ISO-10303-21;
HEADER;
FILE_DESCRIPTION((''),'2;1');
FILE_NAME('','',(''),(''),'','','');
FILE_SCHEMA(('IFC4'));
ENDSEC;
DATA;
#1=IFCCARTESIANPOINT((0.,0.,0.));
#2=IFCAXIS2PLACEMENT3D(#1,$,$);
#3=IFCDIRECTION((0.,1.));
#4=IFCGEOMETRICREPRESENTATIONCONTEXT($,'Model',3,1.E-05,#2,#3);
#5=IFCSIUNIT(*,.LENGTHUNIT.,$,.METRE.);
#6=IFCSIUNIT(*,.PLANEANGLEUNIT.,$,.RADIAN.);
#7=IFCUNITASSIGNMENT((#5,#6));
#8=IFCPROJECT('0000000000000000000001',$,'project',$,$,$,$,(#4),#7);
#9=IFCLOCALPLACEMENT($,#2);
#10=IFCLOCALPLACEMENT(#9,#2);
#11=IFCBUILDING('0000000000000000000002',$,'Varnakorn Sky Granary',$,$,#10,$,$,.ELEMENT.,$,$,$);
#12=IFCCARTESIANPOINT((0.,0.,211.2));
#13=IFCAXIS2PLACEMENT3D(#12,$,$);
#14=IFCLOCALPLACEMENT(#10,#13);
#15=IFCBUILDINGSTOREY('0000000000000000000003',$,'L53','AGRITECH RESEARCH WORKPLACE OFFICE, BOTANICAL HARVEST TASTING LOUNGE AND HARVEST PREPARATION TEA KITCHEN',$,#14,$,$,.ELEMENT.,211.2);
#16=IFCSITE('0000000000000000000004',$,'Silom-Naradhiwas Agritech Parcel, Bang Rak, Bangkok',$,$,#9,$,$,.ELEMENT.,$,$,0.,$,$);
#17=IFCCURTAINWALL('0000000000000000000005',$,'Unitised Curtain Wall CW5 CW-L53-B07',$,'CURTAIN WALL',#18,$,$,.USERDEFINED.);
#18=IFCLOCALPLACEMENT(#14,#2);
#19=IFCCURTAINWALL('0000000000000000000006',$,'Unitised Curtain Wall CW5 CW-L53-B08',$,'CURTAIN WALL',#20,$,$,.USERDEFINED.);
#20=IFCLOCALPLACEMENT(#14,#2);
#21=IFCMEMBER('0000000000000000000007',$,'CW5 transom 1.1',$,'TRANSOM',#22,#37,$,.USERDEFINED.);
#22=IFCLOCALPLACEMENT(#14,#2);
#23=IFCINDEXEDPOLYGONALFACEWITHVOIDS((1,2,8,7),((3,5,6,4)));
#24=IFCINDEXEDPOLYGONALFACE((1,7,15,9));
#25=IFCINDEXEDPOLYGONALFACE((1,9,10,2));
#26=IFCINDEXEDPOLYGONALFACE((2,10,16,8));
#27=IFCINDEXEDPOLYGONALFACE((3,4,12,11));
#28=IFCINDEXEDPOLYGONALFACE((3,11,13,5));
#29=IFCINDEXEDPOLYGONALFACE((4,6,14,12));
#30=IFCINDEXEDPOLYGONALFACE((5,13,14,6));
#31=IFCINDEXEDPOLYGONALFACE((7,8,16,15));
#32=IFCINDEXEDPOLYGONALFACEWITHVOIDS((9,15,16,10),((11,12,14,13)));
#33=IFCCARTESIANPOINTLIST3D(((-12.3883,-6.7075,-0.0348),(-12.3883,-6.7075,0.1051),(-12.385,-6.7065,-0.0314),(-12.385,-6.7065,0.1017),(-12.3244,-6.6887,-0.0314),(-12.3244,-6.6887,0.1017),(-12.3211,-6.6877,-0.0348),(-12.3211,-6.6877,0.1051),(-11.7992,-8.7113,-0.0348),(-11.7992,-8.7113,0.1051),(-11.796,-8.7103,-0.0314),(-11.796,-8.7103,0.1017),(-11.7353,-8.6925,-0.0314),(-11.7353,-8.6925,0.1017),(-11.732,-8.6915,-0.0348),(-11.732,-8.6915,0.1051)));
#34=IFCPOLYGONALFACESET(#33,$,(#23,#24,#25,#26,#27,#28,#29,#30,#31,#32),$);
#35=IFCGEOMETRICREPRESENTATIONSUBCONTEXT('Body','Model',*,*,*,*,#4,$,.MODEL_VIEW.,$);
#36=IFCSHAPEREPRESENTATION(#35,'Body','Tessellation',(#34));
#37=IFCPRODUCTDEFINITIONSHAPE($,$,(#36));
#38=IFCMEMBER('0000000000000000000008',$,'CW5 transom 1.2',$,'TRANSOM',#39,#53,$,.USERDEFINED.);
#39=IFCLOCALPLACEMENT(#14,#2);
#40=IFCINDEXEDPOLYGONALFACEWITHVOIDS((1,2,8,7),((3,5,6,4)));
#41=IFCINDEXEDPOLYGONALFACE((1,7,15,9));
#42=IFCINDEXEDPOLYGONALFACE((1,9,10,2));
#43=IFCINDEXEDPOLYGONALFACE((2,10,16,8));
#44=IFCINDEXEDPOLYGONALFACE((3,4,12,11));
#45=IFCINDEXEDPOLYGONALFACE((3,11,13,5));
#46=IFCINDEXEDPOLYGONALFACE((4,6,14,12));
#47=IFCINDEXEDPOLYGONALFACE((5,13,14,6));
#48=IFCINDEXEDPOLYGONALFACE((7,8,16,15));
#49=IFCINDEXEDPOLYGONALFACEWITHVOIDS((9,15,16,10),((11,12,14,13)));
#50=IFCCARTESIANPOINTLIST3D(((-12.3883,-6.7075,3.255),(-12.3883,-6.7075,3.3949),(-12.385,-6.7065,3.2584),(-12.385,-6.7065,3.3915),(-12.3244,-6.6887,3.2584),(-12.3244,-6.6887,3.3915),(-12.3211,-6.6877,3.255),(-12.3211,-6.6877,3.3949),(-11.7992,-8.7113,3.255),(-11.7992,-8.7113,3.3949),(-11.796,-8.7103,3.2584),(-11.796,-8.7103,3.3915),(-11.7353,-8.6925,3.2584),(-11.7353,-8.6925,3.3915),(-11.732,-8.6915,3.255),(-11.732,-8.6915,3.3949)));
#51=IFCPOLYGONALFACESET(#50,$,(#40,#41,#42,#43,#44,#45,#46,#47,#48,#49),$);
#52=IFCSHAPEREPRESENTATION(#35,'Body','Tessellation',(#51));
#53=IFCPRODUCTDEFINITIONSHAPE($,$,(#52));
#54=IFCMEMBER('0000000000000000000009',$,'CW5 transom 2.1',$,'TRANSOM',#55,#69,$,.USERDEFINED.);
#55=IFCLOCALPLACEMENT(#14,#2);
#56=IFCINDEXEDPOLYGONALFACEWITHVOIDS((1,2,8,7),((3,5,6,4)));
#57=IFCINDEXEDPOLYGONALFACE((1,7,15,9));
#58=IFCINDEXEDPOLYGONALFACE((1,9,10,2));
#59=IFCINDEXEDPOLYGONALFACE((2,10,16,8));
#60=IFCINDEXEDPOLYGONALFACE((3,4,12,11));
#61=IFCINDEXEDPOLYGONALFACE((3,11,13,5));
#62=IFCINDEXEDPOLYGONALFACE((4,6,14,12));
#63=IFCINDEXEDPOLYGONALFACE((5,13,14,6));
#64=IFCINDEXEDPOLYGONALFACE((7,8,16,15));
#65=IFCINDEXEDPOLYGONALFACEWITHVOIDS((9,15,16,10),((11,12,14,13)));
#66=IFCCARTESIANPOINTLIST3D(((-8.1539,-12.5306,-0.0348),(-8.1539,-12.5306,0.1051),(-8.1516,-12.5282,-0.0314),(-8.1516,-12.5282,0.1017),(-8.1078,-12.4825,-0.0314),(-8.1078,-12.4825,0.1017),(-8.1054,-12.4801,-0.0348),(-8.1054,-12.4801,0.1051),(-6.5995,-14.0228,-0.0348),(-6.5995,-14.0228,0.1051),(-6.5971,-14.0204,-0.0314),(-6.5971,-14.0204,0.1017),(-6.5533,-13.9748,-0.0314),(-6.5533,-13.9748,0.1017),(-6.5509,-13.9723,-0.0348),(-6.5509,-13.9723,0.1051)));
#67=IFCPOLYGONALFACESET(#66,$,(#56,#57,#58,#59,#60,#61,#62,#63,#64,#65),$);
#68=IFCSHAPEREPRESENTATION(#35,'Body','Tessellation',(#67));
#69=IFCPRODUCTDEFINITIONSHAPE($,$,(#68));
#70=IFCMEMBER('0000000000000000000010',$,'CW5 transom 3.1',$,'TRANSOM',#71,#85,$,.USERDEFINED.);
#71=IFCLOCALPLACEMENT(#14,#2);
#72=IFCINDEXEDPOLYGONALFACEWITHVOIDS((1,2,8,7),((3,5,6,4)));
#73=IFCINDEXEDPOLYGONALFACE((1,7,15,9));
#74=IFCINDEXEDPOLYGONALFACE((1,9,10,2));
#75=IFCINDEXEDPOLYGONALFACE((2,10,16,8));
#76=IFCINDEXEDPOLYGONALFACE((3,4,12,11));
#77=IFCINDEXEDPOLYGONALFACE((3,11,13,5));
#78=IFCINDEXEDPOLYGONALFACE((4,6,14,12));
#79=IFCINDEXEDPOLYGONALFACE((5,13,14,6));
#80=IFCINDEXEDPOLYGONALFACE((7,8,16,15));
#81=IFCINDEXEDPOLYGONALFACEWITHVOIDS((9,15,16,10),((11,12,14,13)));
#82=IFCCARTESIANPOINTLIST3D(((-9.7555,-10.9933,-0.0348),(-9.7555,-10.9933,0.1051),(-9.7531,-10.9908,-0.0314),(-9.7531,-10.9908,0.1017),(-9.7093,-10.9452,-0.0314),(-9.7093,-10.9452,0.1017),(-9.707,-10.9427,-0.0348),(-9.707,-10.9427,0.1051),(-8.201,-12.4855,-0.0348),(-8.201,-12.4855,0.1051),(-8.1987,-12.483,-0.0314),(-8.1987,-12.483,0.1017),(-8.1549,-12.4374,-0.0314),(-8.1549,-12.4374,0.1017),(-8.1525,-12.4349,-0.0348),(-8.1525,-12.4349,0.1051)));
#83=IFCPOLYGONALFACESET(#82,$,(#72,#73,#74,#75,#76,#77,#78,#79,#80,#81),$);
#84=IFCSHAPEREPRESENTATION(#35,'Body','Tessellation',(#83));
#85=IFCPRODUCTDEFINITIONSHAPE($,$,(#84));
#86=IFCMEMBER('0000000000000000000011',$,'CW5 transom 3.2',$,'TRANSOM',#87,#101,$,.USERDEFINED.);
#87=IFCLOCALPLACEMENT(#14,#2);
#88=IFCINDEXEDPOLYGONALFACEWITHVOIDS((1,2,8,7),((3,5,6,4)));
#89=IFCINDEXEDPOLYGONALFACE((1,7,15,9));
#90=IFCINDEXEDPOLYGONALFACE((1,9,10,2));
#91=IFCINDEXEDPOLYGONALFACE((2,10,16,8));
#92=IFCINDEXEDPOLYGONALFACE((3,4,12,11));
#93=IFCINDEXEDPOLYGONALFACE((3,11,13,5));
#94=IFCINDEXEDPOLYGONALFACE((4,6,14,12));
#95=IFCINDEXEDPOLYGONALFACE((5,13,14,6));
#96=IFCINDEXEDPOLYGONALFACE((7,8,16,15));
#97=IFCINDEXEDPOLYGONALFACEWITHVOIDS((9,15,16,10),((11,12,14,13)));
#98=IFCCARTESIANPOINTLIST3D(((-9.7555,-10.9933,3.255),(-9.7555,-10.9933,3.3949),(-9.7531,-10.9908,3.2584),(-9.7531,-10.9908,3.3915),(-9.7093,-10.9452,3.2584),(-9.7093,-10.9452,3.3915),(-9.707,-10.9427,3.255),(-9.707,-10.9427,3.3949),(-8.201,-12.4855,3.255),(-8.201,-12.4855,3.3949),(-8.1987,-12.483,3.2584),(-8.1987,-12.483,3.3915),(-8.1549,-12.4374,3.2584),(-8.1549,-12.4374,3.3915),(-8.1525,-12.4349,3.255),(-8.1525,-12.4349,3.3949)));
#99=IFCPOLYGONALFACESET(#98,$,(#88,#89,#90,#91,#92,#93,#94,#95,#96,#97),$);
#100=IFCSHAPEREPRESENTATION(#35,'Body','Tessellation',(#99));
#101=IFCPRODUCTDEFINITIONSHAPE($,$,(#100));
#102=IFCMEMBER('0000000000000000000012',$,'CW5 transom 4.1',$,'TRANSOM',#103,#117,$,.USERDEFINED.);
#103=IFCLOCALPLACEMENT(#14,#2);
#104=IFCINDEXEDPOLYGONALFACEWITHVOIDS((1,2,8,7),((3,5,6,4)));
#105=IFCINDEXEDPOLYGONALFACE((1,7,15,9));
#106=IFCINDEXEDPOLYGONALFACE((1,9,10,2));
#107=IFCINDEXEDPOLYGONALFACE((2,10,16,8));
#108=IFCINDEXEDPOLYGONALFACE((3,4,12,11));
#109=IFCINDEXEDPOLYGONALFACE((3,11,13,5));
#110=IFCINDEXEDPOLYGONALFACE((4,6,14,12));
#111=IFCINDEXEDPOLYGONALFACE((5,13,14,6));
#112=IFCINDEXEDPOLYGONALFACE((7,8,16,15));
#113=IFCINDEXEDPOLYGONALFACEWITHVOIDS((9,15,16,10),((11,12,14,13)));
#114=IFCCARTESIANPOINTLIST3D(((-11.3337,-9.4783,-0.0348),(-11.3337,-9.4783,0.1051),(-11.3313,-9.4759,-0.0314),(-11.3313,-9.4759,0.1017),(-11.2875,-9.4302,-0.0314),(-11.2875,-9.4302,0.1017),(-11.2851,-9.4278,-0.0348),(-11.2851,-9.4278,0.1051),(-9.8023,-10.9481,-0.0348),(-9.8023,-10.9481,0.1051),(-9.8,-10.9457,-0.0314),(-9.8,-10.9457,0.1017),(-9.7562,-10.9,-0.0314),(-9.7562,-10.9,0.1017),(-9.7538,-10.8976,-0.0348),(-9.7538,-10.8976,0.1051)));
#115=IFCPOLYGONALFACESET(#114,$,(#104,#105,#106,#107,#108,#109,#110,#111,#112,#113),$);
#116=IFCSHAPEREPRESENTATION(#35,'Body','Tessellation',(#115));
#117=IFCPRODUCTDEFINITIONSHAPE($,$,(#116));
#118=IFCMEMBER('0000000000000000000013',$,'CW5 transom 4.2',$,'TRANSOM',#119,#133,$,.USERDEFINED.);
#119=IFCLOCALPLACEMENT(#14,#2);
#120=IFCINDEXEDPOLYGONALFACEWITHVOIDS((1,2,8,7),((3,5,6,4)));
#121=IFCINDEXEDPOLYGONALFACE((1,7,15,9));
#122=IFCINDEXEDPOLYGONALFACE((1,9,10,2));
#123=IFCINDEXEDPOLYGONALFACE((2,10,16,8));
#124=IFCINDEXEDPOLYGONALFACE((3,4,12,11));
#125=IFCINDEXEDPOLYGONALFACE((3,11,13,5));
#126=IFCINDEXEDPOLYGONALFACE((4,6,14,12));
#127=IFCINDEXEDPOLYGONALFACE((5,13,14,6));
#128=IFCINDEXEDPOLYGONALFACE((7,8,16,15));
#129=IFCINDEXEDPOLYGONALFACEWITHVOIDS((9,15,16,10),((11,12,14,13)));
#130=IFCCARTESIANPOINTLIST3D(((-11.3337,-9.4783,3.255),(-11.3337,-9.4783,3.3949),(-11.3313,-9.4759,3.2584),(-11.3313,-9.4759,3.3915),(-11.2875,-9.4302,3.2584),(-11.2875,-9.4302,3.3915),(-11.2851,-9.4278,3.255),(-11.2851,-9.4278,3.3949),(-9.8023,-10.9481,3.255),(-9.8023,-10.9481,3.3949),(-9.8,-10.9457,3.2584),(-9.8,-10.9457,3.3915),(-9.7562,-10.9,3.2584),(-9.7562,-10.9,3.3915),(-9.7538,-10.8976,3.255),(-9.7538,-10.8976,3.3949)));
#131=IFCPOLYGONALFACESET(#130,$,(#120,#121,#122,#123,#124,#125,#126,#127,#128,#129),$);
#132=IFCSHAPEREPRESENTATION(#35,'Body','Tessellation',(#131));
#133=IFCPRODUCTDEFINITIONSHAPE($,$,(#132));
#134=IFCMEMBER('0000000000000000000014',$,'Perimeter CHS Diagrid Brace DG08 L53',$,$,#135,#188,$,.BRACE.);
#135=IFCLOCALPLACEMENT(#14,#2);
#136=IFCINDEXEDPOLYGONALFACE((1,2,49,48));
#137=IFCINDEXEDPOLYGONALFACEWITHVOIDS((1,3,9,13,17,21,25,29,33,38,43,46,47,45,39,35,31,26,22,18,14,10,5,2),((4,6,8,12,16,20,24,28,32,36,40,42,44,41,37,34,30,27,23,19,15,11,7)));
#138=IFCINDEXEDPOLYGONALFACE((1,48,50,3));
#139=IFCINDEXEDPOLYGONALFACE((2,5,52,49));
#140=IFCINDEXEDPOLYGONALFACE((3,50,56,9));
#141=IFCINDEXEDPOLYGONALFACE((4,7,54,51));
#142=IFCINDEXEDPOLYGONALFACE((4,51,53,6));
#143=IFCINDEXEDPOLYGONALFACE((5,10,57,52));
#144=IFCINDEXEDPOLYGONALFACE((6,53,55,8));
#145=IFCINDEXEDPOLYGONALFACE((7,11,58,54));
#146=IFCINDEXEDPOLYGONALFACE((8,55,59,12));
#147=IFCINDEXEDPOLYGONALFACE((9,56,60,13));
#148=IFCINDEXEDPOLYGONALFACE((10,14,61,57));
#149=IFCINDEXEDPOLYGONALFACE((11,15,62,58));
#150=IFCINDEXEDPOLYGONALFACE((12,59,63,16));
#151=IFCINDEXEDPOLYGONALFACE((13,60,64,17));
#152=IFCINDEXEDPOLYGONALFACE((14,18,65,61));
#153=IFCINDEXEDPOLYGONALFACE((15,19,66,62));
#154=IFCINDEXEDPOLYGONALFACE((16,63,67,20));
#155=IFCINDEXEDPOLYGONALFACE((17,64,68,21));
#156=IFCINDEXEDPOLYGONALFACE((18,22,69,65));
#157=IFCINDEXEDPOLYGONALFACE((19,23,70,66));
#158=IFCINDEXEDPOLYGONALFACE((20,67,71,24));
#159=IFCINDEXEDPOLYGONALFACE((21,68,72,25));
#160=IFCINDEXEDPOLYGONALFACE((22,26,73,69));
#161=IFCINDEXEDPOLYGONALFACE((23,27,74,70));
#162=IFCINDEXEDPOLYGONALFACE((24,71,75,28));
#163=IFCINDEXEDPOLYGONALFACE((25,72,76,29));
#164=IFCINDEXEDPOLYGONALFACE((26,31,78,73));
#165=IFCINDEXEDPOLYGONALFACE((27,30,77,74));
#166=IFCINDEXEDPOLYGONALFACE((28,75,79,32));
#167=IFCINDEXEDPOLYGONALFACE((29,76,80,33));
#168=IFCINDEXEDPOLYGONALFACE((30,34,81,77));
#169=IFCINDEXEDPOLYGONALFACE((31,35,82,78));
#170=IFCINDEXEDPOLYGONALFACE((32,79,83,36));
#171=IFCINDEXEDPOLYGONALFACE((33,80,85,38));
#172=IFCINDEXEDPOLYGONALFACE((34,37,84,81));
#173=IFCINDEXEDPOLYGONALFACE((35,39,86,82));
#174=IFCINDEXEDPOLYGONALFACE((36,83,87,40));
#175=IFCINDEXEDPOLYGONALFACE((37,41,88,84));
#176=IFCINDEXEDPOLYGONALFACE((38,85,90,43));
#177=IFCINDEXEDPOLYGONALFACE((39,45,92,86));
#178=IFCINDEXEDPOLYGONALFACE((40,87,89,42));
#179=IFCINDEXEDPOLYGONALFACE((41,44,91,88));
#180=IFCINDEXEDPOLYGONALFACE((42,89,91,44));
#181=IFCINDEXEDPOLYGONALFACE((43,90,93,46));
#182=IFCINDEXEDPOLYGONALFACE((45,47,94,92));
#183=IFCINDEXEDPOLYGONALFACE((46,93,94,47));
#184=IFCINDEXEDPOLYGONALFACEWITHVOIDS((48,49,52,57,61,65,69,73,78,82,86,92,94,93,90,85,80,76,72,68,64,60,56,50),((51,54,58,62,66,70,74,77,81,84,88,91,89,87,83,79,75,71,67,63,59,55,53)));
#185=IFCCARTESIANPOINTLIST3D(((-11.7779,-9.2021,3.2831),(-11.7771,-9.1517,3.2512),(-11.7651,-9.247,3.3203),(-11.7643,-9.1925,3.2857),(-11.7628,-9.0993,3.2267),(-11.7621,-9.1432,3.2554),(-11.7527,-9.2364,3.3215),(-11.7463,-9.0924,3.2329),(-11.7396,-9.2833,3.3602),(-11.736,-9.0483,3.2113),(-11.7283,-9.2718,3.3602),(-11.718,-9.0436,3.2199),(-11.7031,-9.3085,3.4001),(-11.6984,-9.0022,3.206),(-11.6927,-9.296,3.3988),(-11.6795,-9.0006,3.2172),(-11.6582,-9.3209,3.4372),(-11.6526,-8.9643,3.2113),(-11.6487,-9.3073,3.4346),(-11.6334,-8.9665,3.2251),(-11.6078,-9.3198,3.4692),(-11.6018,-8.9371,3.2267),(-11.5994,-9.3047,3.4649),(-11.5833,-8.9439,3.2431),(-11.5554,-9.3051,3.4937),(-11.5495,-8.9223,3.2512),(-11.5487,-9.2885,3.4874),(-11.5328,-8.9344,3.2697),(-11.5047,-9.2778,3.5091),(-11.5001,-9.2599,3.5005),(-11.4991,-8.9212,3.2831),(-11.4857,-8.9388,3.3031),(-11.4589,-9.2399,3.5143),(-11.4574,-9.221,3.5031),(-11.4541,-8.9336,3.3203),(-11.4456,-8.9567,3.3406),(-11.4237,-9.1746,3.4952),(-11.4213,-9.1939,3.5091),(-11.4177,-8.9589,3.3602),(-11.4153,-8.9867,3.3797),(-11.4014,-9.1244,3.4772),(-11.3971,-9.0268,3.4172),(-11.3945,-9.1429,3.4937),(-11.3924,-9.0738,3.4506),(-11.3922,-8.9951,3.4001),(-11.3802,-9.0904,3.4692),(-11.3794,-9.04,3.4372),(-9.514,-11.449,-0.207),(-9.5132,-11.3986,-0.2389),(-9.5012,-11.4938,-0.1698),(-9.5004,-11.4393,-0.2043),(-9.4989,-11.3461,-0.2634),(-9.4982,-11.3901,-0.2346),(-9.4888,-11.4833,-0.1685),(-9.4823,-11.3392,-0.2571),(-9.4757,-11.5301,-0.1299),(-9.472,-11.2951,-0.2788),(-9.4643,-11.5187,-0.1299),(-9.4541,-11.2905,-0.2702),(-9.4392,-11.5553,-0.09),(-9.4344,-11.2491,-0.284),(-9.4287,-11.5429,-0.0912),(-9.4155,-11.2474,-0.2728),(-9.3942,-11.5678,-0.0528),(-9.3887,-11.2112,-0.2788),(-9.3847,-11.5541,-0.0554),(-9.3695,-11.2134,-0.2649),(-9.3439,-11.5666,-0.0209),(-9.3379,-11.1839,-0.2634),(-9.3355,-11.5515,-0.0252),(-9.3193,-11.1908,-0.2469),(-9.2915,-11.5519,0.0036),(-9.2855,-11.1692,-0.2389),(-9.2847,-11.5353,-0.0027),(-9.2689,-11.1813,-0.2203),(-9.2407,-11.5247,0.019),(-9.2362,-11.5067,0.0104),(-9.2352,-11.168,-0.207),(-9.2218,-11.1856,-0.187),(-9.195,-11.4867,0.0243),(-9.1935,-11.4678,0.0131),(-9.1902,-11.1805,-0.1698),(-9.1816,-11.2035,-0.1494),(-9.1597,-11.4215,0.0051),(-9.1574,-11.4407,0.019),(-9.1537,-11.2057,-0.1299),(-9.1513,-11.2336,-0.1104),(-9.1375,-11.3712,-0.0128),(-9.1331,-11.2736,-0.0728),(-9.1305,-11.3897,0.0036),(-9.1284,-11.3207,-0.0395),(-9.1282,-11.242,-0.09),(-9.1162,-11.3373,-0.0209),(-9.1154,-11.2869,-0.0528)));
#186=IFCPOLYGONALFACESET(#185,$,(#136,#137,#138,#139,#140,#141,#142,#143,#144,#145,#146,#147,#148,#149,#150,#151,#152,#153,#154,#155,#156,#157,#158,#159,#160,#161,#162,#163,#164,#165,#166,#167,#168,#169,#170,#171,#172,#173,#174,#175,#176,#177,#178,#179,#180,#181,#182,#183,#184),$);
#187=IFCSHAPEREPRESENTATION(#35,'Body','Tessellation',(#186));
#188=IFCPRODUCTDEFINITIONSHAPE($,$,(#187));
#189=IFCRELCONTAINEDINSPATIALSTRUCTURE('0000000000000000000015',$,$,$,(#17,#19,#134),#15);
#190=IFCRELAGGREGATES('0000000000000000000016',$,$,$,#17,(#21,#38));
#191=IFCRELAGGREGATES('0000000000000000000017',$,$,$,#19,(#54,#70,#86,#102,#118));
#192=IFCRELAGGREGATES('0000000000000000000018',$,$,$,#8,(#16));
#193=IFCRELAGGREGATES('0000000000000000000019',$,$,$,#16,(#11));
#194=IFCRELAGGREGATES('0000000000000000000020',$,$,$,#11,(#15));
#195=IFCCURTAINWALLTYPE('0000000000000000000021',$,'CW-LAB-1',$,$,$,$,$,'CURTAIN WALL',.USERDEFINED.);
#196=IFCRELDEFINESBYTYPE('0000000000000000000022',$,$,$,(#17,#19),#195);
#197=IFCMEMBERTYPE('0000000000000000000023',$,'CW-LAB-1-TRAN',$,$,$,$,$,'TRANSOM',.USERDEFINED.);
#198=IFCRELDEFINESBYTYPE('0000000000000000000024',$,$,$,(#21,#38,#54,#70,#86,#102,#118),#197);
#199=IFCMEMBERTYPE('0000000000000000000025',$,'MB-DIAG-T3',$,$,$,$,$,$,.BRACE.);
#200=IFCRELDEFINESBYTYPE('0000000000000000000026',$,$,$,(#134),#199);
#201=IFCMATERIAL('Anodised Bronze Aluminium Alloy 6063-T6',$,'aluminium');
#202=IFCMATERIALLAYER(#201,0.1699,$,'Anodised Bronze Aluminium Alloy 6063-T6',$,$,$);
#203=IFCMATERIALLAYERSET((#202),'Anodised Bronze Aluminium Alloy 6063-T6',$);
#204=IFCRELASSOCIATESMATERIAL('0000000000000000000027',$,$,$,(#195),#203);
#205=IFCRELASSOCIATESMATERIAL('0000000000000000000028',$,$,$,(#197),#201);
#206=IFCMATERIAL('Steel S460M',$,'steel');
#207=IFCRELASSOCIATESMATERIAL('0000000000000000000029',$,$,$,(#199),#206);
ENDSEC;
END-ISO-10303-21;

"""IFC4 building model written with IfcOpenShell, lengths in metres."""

from ifc_helpers import new_model, si_unit, direction, frame, origin, origin_2d, place, context, subcontext, project, spatial, hollow_rectangle, hollow_circle, extrude, material, layer, layer_set, material_profile, profile_set, type_object, element, aggregate, save


model = new_model("IFC4")

# Units and contexts
model_context = context("Model", 3, precision=1e-05, world=origin(), true_north=direction((0.0, 1.0)))
body_context = subcontext(model_context, "Body", "Model", "MODEL_VIEW")
ifc_project = project(units=[si_unit("LENGTHUNIT", "METRE"), si_unit("PLANEANGLEUNIT", "RADIAN")], contexts=[model_context])

# Site, building, storey
site_placement = place(None, origin())
site = spatial("IfcSite", under=ifc_project, at=site_placement, Name="Silom-Naradhiwas Agritech Parcel, Bang Rak, Bangkok", CompositionType="ELEMENT", RefElevation=0.0)
building_placement = place(site_placement, origin())
building = spatial("IfcBuilding", under=site, at=building_placement, Name="Varnakorn Sky Granary", CompositionType="ELEMENT")
storey_placement = place(building_placement, frame((0.0, 0.0, 211.2)))
storey = spatial("IfcBuildingStorey", under=building, at=storey_placement, Name="L53", Description="AGRITECH RESEARCH WORKPLACE OFFICE, BOTANICAL HARVEST TASTING LOUNGE AND HARVEST PREPARATION TEA KITCHEN", CompositionType="ELEMENT", Elevation=211.2)

# Shared definitions
ifc_material_1 = material(Name="Steel S460M", Category="steel")

# Curtain wall
ifc_material_2 = material(Name="Anodised Bronze Aluminium Alloy 6063-T6", Category="aluminium")
ifc_layer_1 = layer(ifc_material_2, 0.1699, Name="Anodised Bronze Aluminium Alloy 6063-T6")
ifc_layer_set_1 = layer_set([ifc_layer_1], Name="Anodised Bronze Aluminium Alloy 6063-T6")
curtain_wall_type = type_object("IfcCurtainWallType", Name="CW-LAB-1", ElementType="CURTAIN WALL", PredefinedType="USERDEFINED", material=ifc_layer_set_1)
curtain_wall_1_placement = place(storey_placement, origin())
curtain_wall_1 = element("IfcCurtainWall", 1, at=curtain_wall_1_placement, inside=storey, type_object=curtain_wall_type, Name="Unitised Curtain Wall CW5 CW-L53-B07", ObjectType="CURTAIN WALL", PredefinedType="USERDEFINED")

# Curtain wall
curtain_wall_2_placement = place(storey_placement, origin())
curtain_wall_2 = element("IfcCurtainWall", 2, at=curtain_wall_2_placement, inside=storey, type_object=curtain_wall_type, Name="Unitised Curtain Wall CW5 CW-L53-B08", ObjectType="CURTAIN WALL", PredefinedType="USERDEFINED")

# Members
ifc_material_profile_1 = material_profile(ifc_material_2, hollow_rectangle(XDim=0.0701, YDim=0.1399, WallThickness=0.0034, at=origin_2d()), Name="ALU TRAN 70x140")
ifc_profile_set_1 = profile_set([ifc_material_profile_1], Name="Anodised Bronze Aluminium Alloy 6063-T6")
member_type_1 = type_object("IfcMemberType", Name="CW-LAB-1-TRAN", ElementType="TRANSOM", PredefinedType="USERDEFINED", material=ifc_profile_set_1)
member_1_placement = place(storey_placement, frame((-11.7656, -8.7014, 0.0352), z_axis=(-0.282046, 0.959401, 0.0), x_axis=(-0.959401, -0.282046, 0.0)))
member_1 = element("IfcMember", 3, at=member_1_placement, type_object=member_type_1, Name="CW5 transom 1.1", ObjectType="TRANSOM", PredefinedType="USERDEFINED", context=body_context, shape_type="SweptSolid", body=[
    extrude(hollow_rectangle(XDim=0.0701, YDim=0.1399, WallThickness=0.0034, at=origin_2d()), origin(), (0.0, 0.0, 1.0), 2.0886),
])
member_2_placement = place(storey_placement, frame((-11.7656, -8.7014, 3.325), z_axis=(-0.282046, 0.959401, 0.0), x_axis=(-0.959401, -0.282046, 0.0)))
member_2 = element("IfcMember", 4, at=member_2_placement, type_object=member_type_1, Name="CW5 transom 1.2", ObjectType="TRANSOM", PredefinedType="USERDEFINED", context=body_context, shape_type="SweptSolid", body=[
    extrude(hollow_rectangle(XDim=0.0701, YDim=0.1399, WallThickness=0.0034, at=origin_2d()), origin(), (0.0, 0.0, 1.0), 2.0886),
])
member_3_placement = place(storey_placement, frame((-6.5752, -13.9976, 0.0352), z_axis=(-0.721405, 0.692513, 0.0), x_axis=(-0.692513, -0.721405, 0.0)))
member_3 = element("IfcMember", 5, at=member_3_placement, type_object=member_type_1, Name="CW5 transom 2.1", ObjectType="TRANSOM", PredefinedType="USERDEFINED", context=body_context, shape_type="SweptSolid", body=[
    extrude(hollow_rectangle(XDim=0.0701, YDim=0.1399, WallThickness=0.0034, at=origin_2d()), origin(), (0.0, 0.0, 1.0), 2.1548),
])
member_4_placement = place(storey_placement, frame((-8.1768, -12.4602, 0.0352), z_axis=(-0.721405, 0.692513, 0.0), x_axis=(-0.692513, -0.721405, 0.0)))
member_4 = element("IfcMember", 6, at=member_4_placement, type_object=member_type_1, Name="CW5 transom 3.1", ObjectType="TRANSOM", PredefinedType="USERDEFINED", context=body_context, shape_type="SweptSolid", body=[
    extrude(hollow_rectangle(XDim=0.0701, YDim=0.1399, WallThickness=0.0034, at=origin_2d()), origin(), (0.0, 0.0, 1.0), 2.1548),
])
member_5_placement = place(storey_placement, frame((-8.1768, -12.4602, 3.325), z_axis=(-0.721405, 0.692513, 0.0), x_axis=(-0.692513, -0.721405, 0.0)))
member_5 = element("IfcMember", 7, at=member_5_placement, type_object=member_type_1, Name="CW5 transom 3.2", ObjectType="TRANSOM", PredefinedType="USERDEFINED", context=body_context, shape_type="SweptSolid", body=[
    extrude(hollow_rectangle(XDim=0.0701, YDim=0.1399, WallThickness=0.0034, at=origin_2d()), origin(), (0.0, 0.0, 1.0), 2.1548),
])
member_6_placement = place(storey_placement, frame((-9.7781, -10.9229, 0.0352), z_axis=(-0.721452, 0.692465, 0.0), x_axis=(-0.692465, -0.721452, 0.0)))
member_6 = element("IfcMember", 8, at=member_6_placement, type_object=member_type_1, Name="CW5 transom 4.1", ObjectType="TRANSOM", PredefinedType="USERDEFINED", context=body_context, shape_type="SweptSolid", body=[
    extrude(hollow_rectangle(XDim=0.0701, YDim=0.1399, WallThickness=0.0034, at=origin_2d()), origin(), (0.0, 0.0, 1.0), 2.1226),
])
member_7_placement = place(storey_placement, frame((-9.7781, -10.9229, 3.325), z_axis=(-0.721452, 0.692465, 0.0), x_axis=(-0.692465, -0.721452, 0.0)))
member_7 = element("IfcMember", 9, at=member_7_placement, type_object=member_type_1, Name="CW5 transom 4.2", ObjectType="TRANSOM", PredefinedType="USERDEFINED", context=body_context, shape_type="SweptSolid", body=[
    extrude(hollow_rectangle(XDim=0.0701, YDim=0.1399, WallThickness=0.0034, at=origin_2d()), origin(), (0.0, 0.0, 1.0), 2.1226),
])
ifc_material_profile_2 = material_profile(ifc_material_1, hollow_circle(Radius=0.2285, WallThickness=0.0161, at=origin_2d()), Name="CHS 457x16")
ifc_profile_set_2 = profile_set([ifc_material_profile_2], Name="Steel S460M")
member_type_2 = type_object("IfcMemberType", Name="MB-DIAG-T3", PredefinedType="BRACE", material=ifc_profile_set_2)
member_8_placement = place(storey_placement, frame((-9.3147, -11.3679, -0.1299), z_axis=(-0.478836, 0.475221, 0.73816), x_axis=(-0.704423, -0.709781, 0.0)))
element("IfcMember", 10, at=member_8_placement, inside=storey, type_object=member_type_2, Name="Perimeter CHS Diagrid Brace DG08 L53", PredefinedType="BRACE", context=body_context, shape_type="SweptSolid", body=[
    extrude(hollow_circle(Radius=0.2285, WallThickness=0.0161, at=origin_2d()), origin(), (0.0, 0.0, 1.0), 4.728),
])

aggregate(curtain_wall_1, [member_1, member_2])
aggregate(curtain_wall_2, [member_3, member_4, member_5, member_6, member_7])

save(model, "model.ifc")
